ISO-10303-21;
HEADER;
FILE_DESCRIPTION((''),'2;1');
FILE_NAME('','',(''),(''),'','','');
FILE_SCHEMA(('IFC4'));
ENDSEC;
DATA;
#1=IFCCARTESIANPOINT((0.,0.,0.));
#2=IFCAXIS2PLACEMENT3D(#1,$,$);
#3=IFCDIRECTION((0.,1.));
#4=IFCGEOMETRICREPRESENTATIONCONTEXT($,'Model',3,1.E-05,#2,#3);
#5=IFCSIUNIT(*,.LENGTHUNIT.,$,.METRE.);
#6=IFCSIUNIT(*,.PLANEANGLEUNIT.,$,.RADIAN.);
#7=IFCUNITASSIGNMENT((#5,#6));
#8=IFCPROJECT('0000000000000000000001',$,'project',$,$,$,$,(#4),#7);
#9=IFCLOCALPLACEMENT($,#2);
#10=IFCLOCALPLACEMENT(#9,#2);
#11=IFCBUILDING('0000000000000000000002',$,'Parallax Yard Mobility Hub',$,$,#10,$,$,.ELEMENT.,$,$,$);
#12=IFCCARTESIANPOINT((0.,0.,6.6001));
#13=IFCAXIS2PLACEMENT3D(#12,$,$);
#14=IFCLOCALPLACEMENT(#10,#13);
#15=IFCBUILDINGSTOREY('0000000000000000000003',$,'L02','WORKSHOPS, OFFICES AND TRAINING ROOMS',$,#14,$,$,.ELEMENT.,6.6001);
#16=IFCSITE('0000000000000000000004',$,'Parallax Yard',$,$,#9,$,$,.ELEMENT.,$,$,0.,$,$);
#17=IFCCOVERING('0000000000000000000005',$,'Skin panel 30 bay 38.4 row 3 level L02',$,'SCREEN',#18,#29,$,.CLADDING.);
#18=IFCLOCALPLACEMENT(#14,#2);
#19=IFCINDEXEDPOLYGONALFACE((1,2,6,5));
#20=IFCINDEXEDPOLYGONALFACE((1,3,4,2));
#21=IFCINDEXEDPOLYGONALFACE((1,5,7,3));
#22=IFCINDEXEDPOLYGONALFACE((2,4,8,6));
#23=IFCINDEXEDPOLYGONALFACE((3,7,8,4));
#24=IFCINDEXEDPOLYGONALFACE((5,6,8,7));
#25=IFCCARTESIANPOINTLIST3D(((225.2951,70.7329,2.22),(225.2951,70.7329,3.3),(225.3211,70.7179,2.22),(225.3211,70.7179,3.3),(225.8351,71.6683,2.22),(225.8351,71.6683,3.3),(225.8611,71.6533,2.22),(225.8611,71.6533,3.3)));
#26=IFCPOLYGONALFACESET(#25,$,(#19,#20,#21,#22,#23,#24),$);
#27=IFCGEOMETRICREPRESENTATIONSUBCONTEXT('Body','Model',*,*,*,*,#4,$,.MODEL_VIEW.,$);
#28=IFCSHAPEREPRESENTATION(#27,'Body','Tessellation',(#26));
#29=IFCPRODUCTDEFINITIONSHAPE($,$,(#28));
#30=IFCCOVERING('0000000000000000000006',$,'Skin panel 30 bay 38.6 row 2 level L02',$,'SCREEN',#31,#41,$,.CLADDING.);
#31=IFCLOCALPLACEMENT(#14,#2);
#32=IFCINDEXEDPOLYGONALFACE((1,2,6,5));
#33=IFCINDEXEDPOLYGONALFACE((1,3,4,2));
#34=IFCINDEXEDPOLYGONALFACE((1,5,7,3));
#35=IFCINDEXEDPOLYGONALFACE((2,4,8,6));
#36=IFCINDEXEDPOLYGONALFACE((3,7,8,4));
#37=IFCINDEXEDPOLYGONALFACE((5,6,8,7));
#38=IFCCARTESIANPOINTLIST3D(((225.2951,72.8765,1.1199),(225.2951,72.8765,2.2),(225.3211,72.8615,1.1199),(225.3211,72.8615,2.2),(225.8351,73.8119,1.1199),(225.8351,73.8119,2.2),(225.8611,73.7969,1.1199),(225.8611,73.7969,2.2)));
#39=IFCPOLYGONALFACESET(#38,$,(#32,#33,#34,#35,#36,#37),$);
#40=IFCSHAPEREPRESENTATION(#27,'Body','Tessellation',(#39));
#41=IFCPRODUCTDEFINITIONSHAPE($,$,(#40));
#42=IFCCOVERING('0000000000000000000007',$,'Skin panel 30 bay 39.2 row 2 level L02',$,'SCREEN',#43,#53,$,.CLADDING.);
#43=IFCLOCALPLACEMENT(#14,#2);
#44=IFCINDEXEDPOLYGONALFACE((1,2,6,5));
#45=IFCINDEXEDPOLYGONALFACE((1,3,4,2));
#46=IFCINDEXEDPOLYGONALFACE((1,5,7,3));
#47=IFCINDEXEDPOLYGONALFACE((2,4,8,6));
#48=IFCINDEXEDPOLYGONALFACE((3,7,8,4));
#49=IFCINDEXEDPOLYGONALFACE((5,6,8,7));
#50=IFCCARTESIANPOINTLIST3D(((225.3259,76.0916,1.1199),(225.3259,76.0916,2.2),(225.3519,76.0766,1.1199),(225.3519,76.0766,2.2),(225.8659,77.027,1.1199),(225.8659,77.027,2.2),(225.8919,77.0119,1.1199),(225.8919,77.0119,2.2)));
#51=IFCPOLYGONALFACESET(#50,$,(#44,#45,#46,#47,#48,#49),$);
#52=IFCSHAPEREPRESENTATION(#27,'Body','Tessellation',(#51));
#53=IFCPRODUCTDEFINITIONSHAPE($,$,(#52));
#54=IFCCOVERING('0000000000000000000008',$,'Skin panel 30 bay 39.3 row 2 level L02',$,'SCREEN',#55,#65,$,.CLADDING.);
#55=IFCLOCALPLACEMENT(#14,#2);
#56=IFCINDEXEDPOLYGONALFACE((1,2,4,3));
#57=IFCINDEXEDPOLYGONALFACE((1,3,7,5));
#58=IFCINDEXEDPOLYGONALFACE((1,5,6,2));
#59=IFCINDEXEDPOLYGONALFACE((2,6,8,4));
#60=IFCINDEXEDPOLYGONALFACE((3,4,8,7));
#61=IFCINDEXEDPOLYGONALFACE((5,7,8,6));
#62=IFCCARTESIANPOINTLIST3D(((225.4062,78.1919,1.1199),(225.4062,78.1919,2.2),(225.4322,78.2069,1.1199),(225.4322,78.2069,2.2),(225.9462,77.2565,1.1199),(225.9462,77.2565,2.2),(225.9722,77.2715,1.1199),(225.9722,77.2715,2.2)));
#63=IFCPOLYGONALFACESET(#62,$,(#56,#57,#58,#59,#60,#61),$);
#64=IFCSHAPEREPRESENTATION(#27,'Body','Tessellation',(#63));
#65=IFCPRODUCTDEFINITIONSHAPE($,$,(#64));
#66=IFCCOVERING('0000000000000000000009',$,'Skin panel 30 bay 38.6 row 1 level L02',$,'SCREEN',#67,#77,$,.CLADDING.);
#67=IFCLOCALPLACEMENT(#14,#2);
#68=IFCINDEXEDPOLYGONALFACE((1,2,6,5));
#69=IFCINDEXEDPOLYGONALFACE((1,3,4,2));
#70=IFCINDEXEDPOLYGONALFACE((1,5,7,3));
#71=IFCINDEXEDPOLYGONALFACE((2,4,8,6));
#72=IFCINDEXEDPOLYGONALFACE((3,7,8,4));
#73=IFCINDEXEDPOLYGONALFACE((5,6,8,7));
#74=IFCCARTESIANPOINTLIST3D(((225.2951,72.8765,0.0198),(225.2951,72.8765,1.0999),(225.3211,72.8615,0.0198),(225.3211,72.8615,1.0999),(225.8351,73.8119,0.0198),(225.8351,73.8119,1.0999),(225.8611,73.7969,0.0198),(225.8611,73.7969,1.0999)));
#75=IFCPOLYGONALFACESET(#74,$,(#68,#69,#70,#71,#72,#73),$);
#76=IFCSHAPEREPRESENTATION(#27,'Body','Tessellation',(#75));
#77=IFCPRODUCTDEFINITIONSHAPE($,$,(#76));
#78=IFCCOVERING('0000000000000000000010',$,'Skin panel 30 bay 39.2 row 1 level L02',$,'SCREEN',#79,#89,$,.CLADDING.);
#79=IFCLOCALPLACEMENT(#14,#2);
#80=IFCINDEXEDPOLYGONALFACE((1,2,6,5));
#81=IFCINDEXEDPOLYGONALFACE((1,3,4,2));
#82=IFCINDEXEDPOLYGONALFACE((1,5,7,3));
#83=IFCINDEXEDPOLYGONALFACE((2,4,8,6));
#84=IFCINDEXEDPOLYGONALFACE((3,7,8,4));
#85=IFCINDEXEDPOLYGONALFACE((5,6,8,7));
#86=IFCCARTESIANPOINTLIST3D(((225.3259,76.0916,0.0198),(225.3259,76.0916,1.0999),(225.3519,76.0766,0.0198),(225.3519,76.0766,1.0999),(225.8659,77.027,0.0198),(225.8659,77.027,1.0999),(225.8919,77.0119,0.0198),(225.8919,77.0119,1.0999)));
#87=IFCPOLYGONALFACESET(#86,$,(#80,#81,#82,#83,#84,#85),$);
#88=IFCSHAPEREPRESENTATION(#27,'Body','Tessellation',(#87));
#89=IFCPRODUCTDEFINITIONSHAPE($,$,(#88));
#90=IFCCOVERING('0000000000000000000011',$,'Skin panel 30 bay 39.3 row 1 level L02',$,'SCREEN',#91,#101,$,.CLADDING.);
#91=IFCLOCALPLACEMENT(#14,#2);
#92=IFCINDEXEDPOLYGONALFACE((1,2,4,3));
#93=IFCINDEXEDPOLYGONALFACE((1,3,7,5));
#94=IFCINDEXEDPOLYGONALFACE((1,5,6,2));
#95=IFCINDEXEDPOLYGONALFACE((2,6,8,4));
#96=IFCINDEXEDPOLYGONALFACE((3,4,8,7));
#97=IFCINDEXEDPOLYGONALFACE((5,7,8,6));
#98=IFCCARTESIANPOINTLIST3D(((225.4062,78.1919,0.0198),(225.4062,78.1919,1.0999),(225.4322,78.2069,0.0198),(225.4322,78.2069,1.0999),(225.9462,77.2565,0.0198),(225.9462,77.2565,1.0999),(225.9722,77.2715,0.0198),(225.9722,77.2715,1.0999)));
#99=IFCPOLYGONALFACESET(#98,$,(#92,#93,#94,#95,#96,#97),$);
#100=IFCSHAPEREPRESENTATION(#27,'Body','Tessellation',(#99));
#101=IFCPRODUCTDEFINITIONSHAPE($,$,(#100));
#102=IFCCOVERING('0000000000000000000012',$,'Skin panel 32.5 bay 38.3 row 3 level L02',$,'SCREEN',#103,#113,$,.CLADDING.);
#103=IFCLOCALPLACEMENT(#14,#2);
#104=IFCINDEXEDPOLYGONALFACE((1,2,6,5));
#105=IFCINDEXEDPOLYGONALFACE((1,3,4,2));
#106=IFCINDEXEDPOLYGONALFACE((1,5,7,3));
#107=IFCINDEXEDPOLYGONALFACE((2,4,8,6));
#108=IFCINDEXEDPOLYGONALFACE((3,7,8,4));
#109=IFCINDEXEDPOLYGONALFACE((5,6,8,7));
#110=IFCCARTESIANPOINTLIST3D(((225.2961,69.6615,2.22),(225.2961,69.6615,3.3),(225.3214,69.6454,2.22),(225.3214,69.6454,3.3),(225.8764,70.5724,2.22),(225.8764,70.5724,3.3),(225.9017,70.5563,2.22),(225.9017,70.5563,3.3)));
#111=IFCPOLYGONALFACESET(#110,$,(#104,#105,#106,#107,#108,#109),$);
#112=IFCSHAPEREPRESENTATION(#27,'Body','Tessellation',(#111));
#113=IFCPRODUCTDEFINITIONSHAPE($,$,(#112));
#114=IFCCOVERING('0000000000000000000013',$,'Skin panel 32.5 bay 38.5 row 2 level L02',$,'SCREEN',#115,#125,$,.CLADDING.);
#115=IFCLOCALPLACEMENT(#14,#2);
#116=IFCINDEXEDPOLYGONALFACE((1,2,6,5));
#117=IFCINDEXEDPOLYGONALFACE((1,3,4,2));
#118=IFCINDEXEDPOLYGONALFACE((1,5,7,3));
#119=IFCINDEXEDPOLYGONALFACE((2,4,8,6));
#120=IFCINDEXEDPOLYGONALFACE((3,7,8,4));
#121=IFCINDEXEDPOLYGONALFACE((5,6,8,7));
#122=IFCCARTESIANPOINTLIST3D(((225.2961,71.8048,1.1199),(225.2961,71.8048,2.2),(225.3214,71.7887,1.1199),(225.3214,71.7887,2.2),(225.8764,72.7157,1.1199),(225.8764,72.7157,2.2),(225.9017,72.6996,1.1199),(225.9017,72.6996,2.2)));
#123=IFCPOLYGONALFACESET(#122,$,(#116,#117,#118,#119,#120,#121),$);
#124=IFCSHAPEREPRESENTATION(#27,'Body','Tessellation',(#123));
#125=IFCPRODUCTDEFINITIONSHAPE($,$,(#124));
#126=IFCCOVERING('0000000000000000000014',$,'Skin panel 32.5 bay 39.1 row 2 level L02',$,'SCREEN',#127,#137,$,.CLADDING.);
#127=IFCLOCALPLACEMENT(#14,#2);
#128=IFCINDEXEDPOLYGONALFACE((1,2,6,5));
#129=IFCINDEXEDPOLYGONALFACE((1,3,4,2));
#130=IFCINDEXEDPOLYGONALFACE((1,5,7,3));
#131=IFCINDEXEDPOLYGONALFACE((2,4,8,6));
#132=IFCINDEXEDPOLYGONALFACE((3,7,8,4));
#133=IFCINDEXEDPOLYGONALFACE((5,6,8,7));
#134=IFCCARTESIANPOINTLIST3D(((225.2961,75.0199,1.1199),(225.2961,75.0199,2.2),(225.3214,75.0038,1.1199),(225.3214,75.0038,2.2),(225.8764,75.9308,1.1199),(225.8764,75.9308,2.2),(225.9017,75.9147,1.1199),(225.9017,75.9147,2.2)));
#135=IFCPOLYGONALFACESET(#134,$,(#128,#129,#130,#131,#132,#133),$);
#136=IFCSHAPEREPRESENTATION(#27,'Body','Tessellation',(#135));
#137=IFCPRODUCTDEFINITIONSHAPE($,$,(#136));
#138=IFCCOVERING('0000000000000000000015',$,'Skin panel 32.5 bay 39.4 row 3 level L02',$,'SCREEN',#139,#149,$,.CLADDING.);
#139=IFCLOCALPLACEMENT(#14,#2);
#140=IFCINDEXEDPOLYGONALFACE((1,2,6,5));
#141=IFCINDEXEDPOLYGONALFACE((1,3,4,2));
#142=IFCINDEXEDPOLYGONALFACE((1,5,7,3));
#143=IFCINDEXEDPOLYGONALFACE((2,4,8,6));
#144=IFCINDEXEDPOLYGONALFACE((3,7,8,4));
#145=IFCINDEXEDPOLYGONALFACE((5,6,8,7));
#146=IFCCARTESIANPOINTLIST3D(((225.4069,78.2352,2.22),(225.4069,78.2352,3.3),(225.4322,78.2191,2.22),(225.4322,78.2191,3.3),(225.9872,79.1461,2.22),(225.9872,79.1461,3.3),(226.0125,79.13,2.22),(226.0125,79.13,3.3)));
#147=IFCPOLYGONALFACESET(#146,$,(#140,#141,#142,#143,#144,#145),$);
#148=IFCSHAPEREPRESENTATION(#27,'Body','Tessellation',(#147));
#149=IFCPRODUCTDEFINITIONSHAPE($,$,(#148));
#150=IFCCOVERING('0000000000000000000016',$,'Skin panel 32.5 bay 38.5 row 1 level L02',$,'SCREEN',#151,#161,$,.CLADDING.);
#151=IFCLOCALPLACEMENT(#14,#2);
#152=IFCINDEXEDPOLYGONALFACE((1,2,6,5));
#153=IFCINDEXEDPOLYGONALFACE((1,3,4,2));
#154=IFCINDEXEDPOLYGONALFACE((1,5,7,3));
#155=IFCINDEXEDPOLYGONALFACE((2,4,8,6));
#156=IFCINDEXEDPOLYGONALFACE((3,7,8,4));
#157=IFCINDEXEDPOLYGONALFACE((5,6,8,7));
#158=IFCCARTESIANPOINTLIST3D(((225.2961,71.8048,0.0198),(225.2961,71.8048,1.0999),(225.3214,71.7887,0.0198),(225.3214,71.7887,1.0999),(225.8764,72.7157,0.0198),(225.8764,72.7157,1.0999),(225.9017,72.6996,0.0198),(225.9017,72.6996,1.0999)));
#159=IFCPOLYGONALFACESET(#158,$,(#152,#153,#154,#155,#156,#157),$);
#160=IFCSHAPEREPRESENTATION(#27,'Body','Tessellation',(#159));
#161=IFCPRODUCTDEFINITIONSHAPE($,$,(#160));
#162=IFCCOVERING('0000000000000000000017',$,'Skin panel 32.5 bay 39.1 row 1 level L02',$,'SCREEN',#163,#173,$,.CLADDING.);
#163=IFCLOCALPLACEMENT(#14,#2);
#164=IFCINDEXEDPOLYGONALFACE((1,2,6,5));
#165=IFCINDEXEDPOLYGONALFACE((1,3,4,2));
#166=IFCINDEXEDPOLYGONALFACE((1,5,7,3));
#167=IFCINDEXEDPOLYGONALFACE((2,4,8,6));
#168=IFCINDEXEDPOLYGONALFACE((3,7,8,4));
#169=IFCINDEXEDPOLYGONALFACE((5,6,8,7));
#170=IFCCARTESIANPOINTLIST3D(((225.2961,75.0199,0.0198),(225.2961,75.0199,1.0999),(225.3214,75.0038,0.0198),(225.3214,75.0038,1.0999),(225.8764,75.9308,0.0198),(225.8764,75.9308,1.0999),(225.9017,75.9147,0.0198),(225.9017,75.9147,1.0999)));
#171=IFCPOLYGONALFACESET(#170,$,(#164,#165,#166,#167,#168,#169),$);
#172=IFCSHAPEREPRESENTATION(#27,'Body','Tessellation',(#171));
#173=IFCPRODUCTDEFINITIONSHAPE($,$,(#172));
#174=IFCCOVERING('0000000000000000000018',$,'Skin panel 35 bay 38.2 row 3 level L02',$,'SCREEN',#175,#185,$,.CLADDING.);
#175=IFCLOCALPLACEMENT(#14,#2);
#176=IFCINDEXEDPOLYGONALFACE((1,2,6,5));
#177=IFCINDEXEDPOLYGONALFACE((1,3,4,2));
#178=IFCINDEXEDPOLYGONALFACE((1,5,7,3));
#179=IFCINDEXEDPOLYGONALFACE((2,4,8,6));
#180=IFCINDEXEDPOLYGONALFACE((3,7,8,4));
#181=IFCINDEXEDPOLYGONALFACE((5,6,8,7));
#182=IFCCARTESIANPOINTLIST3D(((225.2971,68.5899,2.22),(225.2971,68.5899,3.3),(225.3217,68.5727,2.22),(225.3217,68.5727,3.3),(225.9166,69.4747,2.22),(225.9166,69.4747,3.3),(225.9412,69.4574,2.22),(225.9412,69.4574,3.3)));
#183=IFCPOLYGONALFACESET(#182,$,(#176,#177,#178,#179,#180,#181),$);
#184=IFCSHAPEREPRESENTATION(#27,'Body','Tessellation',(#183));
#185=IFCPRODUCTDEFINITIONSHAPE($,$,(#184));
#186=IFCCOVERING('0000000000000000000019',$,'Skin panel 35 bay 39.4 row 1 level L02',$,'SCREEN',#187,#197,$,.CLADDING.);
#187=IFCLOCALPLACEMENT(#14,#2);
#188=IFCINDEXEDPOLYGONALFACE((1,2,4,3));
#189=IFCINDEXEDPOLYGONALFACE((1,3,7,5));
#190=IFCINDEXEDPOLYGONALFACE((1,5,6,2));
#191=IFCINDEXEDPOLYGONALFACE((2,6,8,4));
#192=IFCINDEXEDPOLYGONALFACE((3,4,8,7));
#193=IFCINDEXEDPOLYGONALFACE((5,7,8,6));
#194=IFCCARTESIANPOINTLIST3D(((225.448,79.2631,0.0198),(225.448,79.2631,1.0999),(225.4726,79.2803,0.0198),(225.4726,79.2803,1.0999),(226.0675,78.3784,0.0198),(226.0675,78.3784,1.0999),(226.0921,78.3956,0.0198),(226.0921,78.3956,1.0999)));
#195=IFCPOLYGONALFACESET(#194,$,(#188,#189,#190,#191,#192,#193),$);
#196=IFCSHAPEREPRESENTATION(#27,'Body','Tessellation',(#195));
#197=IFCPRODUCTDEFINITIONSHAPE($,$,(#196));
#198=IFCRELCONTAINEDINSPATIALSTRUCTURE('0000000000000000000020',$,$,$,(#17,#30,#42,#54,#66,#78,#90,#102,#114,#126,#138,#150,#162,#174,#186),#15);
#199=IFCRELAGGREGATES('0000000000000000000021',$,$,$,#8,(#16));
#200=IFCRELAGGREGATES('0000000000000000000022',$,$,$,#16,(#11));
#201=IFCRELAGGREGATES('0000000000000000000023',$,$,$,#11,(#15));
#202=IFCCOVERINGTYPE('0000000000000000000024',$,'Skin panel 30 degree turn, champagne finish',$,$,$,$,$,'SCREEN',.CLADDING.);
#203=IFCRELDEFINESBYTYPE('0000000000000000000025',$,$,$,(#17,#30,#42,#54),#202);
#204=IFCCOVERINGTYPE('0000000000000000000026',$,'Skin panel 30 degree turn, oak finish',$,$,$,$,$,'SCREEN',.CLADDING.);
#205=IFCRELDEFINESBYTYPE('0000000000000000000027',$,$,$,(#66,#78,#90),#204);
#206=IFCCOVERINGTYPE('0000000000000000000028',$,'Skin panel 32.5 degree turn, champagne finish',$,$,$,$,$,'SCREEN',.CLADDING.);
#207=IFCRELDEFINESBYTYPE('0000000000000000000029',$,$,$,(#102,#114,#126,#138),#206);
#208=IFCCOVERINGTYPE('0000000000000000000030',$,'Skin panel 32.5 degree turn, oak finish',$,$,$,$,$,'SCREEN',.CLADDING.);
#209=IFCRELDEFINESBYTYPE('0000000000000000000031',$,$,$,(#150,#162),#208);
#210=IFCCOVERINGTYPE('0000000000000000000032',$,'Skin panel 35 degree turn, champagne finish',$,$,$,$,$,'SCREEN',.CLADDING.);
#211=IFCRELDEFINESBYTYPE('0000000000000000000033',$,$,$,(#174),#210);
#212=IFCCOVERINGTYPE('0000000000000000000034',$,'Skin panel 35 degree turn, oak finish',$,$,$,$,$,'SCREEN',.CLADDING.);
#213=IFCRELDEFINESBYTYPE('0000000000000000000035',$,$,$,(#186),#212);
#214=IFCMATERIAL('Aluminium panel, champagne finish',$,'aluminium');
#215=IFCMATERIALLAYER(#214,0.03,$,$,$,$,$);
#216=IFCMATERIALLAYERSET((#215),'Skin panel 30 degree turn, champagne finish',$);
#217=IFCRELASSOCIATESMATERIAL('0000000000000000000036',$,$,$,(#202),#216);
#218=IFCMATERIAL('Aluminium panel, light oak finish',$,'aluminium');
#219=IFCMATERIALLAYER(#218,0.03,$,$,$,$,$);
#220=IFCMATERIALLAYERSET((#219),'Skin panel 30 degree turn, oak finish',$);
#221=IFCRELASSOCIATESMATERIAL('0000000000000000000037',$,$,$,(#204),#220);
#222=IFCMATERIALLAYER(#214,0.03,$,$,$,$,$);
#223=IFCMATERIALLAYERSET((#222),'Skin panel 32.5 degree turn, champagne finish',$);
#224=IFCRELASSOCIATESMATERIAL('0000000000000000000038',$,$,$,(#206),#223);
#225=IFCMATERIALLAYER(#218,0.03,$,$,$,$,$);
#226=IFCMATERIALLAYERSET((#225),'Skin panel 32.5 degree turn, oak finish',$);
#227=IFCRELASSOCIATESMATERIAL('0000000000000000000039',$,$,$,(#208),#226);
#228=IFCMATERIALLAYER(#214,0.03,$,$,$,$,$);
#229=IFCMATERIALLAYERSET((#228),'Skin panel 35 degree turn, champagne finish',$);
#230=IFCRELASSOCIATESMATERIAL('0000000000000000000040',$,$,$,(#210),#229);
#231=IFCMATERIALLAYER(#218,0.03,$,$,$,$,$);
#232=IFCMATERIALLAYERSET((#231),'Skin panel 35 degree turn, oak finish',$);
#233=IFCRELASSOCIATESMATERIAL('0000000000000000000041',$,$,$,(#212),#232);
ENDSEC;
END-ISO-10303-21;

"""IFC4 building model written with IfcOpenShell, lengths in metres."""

from ifc_helpers import new_model, si_unit, direction, frame, origin, origin_2d, place, context, subcontext, project, spatial, rectangle, extrude, material, layer, layer_set, type_object, element, save


model = new_model("IFC4")

# Units and contexts
model_context = context("Model", 3, precision=1e-05, world=origin(), true_north=direction((0.0, 1.0)))
body_context = subcontext(model_context, "Body", "Model", "MODEL_VIEW")
ifc_project = project(units=[si_unit("LENGTHUNIT", "METRE"), si_unit("PLANEANGLEUNIT", "RADIAN")], contexts=[model_context])

# Site, building, storey
site_placement = place(None, origin())
site = spatial("IfcSite", under=ifc_project, at=site_placement, Name="Parallax Yard", CompositionType="ELEMENT", RefElevation=0.0)
building_placement = place(site_placement, origin())
building = spatial("IfcBuilding", under=site, at=building_placement, Name="Parallax Yard Mobility Hub", CompositionType="ELEMENT")
storey_placement = place(building_placement, frame((0.0, 0.0, 6.6001)))
storey = spatial("IfcBuildingStorey", under=building, at=storey_placement, Name="L02", Description="WORKSHOPS, OFFICES AND TRAINING ROOMS", CompositionType="ELEMENT", Elevation=6.6001)

# Coverings
ifc_material_1 = material(Name="Aluminium panel, champagne finish", Category="aluminium")
ifc_material_2 = material(Name="Aluminium panel, light oak finish", Category="aluminium")
ifc_layer_1 = layer(ifc_material_1, 0.03)
ifc_layer_set_1 = layer_set([ifc_layer_1], Name="Skin panel 30 degree turn, champagne finish")
covering_type_1 = type_object("IfcCoveringType", Name="Skin panel 30 degree turn, champagne finish", ElementType="SCREEN", PredefinedType="CLADDING", material=ifc_layer_set_1)
for number, where, z_axis, x_axis, name in (
    (1, (225.5781, 71.1931, 2.22), (0.0, 0.0, 1.0), (0.5, 0.866025, 0.0), "Skin panel 30 bay 38.4 row 3 level L02"),
    (2, (225.5781, 73.3367, 1.1199), (0.0, 0.0, 1.0), (0.5, 0.866025, 0.0), "Skin panel 30 bay 38.6 row 2 level L02"),
    (3, (225.6089, 76.5518, 1.1199), (0.0, 0.0, 1.0), (0.5, 0.866025, 0.0), "Skin panel 30 bay 39.2 row 2 level L02"),
    (4, (225.6892, 77.7317, 1.1199), (0.0, 0.0, 1.0), (0.5, -0.866025, 0.0), "Skin panel 30 bay 39.3 row 2 level L02"),
):
    element("IfcCovering", number, at=place(storey_placement, frame(where, z_axis=z_axis, x_axis=x_axis)), inside=storey, type_object=covering_type_1, Name=name, ObjectType="SCREEN", PredefinedType="CLADDING", context=body_context, shape_type="SweptSolid", body=[
        extrude(rectangle(XDim=1.0801, YDim=0.03, at=origin_2d()), origin(), (0.0, 0.0, 1.0), 1.0801),
    ])
ifc_layer_2 = layer(ifc_material_2, 0.03)
ifc_layer_set_2 = layer_set([ifc_layer_2], Name="Skin panel 30 degree turn, oak finish")
covering_type_2 = type_object("IfcCoveringType", Name="Skin panel 30 degree turn, oak finish", ElementType="SCREEN", PredefinedType="CLADDING", material=ifc_layer_set_2)
for number, where, z_axis, x_axis, name in (
    (5, (225.5781, 73.3367, 0.0198), (0.0, 0.0, 1.0), (0.5, 0.866025, 0.0), "Skin panel 30 bay 38.6 row 1 level L02"),
    (6, (225.6089, 76.5518, 0.0198), (0.0, 0.0, 1.0), (0.5, 0.866025, 0.0), "Skin panel 30 bay 39.2 row 1 level L02"),
    (7, (225.6892, 77.7317, 0.0198), (0.0, 0.0, 1.0), (0.5, -0.866025, 0.0), "Skin panel 30 bay 39.3 row 1 level L02"),
):
    element("IfcCovering", number, at=place(storey_placement, frame(where, z_axis=z_axis, x_axis=x_axis)), inside=storey, type_object=covering_type_2, Name=name, ObjectType="SCREEN", PredefinedType="CLADDING", context=body_context, shape_type="SweptSolid", body=[
        extrude(rectangle(XDim=1.0801, YDim=0.03, at=origin_2d()), origin(), (0.0, 0.0, 1.0), 1.0801),
    ])
ifc_layer_3 = layer(ifc_material_1, 0.03)
ifc_layer_set_3 = layer_set([ifc_layer_3], Name="Skin panel 32.5 degree turn, champagne finish")
covering_type_3 = type_object("IfcCoveringType", Name="Skin panel 32.5 degree turn, champagne finish", ElementType="SCREEN", PredefinedType="CLADDING", material=ifc_layer_set_3)
for number, where, z_axis, x_axis, name in (
    (8, (225.5989, 70.1089, 2.22), (0.0, 0.0, 1.0), (0.5373, 0.843391, 0.0), "Skin panel 32.5 bay 38.3 row 3 level L02"),
    (9, (225.5989, 72.2522, 1.1199), (0.0, 0.0, 1.0), (0.5373, 0.843391, 0.0), "Skin panel 32.5 bay 38.5 row 2 level L02"),
    (10, (225.5989, 75.4673, 1.1199), (0.0, 0.0, 1.0), (0.5373, 0.843391, 0.0), "Skin panel 32.5 bay 39.1 row 2 level L02"),
    (11, (225.7097, 78.6826, 2.22), (0.0, 0.0, 1.0), (0.5373, 0.843391, 0.0), "Skin panel 32.5 bay 39.4 row 3 level L02"),
):
    element("IfcCovering", number, at=place(storey_placement, frame(where, z_axis=z_axis, x_axis=x_axis)), inside=storey, type_object=covering_type_3, Name=name, ObjectType="SCREEN", PredefinedType="CLADDING", context=body_context, shape_type="SweptSolid", body=[
        extrude(rectangle(XDim=1.0801, YDim=0.03, at=origin_2d()), origin(), (0.0, 0.0, 1.0), 1.0801),
    ])
ifc_layer_4 = layer(ifc_material_2, 0.03)
ifc_layer_set_4 = layer_set([ifc_layer_4], Name="Skin panel 32.5 degree turn, oak finish")
covering_type_4 = type_object("IfcCoveringType", Name="Skin panel 32.5 degree turn, oak finish", ElementType="SCREEN", PredefinedType="CLADDING", material=ifc_layer_set_4)
for number, where, z_axis, x_axis, name in (
    (12, (225.5989, 72.2522, 0.0198), (0.0, 0.0, 1.0), (0.5373, 0.843391, 0.0), "Skin panel 32.5 bay 38.5 row 1 level L02"),
    (13, (225.5989, 75.4673, 0.0198), (0.0, 0.0, 1.0), (0.5373, 0.843391, 0.0), "Skin panel 32.5 bay 39.1 row 1 level L02"),
):
    element("IfcCovering", number, at=place(storey_placement, frame(where, z_axis=z_axis, x_axis=x_axis)), inside=storey, type_object=covering_type_4, Name=name, ObjectType="SCREEN", PredefinedType="CLADDING", context=body_context, shape_type="SweptSolid", body=[
        extrude(rectangle(XDim=1.0801, YDim=0.03, at=origin_2d()), origin(), (0.0, 0.0, 1.0), 1.0801),
    ])
ifc_layer_5 = layer(ifc_material_1, 0.03)
ifc_layer_set_5 = layer_set([ifc_layer_5], Name="Skin panel 35 degree turn, champagne finish")
covering_type_5 = type_object("IfcCoveringType", Name="Skin panel 35 degree turn, champagne finish", ElementType="SCREEN", PredefinedType="CLADDING", material=ifc_layer_set_5)
covering_1_placement = place(storey_placement, frame((225.6191, 69.0237, 2.22), z_axis=(0.0, 0.0, 1.0), x_axis=(0.573576, 0.819152, 0.0)))
element("IfcCovering", 14, at=covering_1_placement, inside=storey, type_object=covering_type_5, Name="Skin panel 35 bay 38.2 row 3 level L02", ObjectType="SCREEN", PredefinedType="CLADDING", context=body_context, shape_type="SweptSolid", body=[
    extrude(rectangle(XDim=1.0801, YDim=0.03, at=origin_2d()), origin(), (0.0, 0.0, 1.0), 1.0801),
])
ifc_layer_6 = layer(ifc_material_2, 0.03)
ifc_layer_set_6 = layer_set([ifc_layer_6], Name="Skin panel 35 degree turn, oak finish")
covering_type_6 = type_object("IfcCoveringType", Name="Skin panel 35 degree turn, oak finish", ElementType="SCREEN", PredefinedType="CLADDING", material=ifc_layer_set_6)
covering_2_placement = place(storey_placement, frame((225.77, 78.8293, 0.0198), z_axis=(0.0, 0.0, 1.0), x_axis=(0.573576, -0.819152, 0.0)))
element("IfcCovering", 15, at=covering_2_placement, inside=storey, type_object=covering_type_6, Name="Skin panel 35 bay 39.4 row 1 level L02", ObjectType="SCREEN", PredefinedType="CLADDING", context=body_context, shape_type="SweptSolid", body=[
    extrude(rectangle(XDim=1.0801, YDim=0.03, at=origin_2d()), origin(), (0.0, 0.0, 1.0), 1.0801),
])

save(model, "model.ifc")
